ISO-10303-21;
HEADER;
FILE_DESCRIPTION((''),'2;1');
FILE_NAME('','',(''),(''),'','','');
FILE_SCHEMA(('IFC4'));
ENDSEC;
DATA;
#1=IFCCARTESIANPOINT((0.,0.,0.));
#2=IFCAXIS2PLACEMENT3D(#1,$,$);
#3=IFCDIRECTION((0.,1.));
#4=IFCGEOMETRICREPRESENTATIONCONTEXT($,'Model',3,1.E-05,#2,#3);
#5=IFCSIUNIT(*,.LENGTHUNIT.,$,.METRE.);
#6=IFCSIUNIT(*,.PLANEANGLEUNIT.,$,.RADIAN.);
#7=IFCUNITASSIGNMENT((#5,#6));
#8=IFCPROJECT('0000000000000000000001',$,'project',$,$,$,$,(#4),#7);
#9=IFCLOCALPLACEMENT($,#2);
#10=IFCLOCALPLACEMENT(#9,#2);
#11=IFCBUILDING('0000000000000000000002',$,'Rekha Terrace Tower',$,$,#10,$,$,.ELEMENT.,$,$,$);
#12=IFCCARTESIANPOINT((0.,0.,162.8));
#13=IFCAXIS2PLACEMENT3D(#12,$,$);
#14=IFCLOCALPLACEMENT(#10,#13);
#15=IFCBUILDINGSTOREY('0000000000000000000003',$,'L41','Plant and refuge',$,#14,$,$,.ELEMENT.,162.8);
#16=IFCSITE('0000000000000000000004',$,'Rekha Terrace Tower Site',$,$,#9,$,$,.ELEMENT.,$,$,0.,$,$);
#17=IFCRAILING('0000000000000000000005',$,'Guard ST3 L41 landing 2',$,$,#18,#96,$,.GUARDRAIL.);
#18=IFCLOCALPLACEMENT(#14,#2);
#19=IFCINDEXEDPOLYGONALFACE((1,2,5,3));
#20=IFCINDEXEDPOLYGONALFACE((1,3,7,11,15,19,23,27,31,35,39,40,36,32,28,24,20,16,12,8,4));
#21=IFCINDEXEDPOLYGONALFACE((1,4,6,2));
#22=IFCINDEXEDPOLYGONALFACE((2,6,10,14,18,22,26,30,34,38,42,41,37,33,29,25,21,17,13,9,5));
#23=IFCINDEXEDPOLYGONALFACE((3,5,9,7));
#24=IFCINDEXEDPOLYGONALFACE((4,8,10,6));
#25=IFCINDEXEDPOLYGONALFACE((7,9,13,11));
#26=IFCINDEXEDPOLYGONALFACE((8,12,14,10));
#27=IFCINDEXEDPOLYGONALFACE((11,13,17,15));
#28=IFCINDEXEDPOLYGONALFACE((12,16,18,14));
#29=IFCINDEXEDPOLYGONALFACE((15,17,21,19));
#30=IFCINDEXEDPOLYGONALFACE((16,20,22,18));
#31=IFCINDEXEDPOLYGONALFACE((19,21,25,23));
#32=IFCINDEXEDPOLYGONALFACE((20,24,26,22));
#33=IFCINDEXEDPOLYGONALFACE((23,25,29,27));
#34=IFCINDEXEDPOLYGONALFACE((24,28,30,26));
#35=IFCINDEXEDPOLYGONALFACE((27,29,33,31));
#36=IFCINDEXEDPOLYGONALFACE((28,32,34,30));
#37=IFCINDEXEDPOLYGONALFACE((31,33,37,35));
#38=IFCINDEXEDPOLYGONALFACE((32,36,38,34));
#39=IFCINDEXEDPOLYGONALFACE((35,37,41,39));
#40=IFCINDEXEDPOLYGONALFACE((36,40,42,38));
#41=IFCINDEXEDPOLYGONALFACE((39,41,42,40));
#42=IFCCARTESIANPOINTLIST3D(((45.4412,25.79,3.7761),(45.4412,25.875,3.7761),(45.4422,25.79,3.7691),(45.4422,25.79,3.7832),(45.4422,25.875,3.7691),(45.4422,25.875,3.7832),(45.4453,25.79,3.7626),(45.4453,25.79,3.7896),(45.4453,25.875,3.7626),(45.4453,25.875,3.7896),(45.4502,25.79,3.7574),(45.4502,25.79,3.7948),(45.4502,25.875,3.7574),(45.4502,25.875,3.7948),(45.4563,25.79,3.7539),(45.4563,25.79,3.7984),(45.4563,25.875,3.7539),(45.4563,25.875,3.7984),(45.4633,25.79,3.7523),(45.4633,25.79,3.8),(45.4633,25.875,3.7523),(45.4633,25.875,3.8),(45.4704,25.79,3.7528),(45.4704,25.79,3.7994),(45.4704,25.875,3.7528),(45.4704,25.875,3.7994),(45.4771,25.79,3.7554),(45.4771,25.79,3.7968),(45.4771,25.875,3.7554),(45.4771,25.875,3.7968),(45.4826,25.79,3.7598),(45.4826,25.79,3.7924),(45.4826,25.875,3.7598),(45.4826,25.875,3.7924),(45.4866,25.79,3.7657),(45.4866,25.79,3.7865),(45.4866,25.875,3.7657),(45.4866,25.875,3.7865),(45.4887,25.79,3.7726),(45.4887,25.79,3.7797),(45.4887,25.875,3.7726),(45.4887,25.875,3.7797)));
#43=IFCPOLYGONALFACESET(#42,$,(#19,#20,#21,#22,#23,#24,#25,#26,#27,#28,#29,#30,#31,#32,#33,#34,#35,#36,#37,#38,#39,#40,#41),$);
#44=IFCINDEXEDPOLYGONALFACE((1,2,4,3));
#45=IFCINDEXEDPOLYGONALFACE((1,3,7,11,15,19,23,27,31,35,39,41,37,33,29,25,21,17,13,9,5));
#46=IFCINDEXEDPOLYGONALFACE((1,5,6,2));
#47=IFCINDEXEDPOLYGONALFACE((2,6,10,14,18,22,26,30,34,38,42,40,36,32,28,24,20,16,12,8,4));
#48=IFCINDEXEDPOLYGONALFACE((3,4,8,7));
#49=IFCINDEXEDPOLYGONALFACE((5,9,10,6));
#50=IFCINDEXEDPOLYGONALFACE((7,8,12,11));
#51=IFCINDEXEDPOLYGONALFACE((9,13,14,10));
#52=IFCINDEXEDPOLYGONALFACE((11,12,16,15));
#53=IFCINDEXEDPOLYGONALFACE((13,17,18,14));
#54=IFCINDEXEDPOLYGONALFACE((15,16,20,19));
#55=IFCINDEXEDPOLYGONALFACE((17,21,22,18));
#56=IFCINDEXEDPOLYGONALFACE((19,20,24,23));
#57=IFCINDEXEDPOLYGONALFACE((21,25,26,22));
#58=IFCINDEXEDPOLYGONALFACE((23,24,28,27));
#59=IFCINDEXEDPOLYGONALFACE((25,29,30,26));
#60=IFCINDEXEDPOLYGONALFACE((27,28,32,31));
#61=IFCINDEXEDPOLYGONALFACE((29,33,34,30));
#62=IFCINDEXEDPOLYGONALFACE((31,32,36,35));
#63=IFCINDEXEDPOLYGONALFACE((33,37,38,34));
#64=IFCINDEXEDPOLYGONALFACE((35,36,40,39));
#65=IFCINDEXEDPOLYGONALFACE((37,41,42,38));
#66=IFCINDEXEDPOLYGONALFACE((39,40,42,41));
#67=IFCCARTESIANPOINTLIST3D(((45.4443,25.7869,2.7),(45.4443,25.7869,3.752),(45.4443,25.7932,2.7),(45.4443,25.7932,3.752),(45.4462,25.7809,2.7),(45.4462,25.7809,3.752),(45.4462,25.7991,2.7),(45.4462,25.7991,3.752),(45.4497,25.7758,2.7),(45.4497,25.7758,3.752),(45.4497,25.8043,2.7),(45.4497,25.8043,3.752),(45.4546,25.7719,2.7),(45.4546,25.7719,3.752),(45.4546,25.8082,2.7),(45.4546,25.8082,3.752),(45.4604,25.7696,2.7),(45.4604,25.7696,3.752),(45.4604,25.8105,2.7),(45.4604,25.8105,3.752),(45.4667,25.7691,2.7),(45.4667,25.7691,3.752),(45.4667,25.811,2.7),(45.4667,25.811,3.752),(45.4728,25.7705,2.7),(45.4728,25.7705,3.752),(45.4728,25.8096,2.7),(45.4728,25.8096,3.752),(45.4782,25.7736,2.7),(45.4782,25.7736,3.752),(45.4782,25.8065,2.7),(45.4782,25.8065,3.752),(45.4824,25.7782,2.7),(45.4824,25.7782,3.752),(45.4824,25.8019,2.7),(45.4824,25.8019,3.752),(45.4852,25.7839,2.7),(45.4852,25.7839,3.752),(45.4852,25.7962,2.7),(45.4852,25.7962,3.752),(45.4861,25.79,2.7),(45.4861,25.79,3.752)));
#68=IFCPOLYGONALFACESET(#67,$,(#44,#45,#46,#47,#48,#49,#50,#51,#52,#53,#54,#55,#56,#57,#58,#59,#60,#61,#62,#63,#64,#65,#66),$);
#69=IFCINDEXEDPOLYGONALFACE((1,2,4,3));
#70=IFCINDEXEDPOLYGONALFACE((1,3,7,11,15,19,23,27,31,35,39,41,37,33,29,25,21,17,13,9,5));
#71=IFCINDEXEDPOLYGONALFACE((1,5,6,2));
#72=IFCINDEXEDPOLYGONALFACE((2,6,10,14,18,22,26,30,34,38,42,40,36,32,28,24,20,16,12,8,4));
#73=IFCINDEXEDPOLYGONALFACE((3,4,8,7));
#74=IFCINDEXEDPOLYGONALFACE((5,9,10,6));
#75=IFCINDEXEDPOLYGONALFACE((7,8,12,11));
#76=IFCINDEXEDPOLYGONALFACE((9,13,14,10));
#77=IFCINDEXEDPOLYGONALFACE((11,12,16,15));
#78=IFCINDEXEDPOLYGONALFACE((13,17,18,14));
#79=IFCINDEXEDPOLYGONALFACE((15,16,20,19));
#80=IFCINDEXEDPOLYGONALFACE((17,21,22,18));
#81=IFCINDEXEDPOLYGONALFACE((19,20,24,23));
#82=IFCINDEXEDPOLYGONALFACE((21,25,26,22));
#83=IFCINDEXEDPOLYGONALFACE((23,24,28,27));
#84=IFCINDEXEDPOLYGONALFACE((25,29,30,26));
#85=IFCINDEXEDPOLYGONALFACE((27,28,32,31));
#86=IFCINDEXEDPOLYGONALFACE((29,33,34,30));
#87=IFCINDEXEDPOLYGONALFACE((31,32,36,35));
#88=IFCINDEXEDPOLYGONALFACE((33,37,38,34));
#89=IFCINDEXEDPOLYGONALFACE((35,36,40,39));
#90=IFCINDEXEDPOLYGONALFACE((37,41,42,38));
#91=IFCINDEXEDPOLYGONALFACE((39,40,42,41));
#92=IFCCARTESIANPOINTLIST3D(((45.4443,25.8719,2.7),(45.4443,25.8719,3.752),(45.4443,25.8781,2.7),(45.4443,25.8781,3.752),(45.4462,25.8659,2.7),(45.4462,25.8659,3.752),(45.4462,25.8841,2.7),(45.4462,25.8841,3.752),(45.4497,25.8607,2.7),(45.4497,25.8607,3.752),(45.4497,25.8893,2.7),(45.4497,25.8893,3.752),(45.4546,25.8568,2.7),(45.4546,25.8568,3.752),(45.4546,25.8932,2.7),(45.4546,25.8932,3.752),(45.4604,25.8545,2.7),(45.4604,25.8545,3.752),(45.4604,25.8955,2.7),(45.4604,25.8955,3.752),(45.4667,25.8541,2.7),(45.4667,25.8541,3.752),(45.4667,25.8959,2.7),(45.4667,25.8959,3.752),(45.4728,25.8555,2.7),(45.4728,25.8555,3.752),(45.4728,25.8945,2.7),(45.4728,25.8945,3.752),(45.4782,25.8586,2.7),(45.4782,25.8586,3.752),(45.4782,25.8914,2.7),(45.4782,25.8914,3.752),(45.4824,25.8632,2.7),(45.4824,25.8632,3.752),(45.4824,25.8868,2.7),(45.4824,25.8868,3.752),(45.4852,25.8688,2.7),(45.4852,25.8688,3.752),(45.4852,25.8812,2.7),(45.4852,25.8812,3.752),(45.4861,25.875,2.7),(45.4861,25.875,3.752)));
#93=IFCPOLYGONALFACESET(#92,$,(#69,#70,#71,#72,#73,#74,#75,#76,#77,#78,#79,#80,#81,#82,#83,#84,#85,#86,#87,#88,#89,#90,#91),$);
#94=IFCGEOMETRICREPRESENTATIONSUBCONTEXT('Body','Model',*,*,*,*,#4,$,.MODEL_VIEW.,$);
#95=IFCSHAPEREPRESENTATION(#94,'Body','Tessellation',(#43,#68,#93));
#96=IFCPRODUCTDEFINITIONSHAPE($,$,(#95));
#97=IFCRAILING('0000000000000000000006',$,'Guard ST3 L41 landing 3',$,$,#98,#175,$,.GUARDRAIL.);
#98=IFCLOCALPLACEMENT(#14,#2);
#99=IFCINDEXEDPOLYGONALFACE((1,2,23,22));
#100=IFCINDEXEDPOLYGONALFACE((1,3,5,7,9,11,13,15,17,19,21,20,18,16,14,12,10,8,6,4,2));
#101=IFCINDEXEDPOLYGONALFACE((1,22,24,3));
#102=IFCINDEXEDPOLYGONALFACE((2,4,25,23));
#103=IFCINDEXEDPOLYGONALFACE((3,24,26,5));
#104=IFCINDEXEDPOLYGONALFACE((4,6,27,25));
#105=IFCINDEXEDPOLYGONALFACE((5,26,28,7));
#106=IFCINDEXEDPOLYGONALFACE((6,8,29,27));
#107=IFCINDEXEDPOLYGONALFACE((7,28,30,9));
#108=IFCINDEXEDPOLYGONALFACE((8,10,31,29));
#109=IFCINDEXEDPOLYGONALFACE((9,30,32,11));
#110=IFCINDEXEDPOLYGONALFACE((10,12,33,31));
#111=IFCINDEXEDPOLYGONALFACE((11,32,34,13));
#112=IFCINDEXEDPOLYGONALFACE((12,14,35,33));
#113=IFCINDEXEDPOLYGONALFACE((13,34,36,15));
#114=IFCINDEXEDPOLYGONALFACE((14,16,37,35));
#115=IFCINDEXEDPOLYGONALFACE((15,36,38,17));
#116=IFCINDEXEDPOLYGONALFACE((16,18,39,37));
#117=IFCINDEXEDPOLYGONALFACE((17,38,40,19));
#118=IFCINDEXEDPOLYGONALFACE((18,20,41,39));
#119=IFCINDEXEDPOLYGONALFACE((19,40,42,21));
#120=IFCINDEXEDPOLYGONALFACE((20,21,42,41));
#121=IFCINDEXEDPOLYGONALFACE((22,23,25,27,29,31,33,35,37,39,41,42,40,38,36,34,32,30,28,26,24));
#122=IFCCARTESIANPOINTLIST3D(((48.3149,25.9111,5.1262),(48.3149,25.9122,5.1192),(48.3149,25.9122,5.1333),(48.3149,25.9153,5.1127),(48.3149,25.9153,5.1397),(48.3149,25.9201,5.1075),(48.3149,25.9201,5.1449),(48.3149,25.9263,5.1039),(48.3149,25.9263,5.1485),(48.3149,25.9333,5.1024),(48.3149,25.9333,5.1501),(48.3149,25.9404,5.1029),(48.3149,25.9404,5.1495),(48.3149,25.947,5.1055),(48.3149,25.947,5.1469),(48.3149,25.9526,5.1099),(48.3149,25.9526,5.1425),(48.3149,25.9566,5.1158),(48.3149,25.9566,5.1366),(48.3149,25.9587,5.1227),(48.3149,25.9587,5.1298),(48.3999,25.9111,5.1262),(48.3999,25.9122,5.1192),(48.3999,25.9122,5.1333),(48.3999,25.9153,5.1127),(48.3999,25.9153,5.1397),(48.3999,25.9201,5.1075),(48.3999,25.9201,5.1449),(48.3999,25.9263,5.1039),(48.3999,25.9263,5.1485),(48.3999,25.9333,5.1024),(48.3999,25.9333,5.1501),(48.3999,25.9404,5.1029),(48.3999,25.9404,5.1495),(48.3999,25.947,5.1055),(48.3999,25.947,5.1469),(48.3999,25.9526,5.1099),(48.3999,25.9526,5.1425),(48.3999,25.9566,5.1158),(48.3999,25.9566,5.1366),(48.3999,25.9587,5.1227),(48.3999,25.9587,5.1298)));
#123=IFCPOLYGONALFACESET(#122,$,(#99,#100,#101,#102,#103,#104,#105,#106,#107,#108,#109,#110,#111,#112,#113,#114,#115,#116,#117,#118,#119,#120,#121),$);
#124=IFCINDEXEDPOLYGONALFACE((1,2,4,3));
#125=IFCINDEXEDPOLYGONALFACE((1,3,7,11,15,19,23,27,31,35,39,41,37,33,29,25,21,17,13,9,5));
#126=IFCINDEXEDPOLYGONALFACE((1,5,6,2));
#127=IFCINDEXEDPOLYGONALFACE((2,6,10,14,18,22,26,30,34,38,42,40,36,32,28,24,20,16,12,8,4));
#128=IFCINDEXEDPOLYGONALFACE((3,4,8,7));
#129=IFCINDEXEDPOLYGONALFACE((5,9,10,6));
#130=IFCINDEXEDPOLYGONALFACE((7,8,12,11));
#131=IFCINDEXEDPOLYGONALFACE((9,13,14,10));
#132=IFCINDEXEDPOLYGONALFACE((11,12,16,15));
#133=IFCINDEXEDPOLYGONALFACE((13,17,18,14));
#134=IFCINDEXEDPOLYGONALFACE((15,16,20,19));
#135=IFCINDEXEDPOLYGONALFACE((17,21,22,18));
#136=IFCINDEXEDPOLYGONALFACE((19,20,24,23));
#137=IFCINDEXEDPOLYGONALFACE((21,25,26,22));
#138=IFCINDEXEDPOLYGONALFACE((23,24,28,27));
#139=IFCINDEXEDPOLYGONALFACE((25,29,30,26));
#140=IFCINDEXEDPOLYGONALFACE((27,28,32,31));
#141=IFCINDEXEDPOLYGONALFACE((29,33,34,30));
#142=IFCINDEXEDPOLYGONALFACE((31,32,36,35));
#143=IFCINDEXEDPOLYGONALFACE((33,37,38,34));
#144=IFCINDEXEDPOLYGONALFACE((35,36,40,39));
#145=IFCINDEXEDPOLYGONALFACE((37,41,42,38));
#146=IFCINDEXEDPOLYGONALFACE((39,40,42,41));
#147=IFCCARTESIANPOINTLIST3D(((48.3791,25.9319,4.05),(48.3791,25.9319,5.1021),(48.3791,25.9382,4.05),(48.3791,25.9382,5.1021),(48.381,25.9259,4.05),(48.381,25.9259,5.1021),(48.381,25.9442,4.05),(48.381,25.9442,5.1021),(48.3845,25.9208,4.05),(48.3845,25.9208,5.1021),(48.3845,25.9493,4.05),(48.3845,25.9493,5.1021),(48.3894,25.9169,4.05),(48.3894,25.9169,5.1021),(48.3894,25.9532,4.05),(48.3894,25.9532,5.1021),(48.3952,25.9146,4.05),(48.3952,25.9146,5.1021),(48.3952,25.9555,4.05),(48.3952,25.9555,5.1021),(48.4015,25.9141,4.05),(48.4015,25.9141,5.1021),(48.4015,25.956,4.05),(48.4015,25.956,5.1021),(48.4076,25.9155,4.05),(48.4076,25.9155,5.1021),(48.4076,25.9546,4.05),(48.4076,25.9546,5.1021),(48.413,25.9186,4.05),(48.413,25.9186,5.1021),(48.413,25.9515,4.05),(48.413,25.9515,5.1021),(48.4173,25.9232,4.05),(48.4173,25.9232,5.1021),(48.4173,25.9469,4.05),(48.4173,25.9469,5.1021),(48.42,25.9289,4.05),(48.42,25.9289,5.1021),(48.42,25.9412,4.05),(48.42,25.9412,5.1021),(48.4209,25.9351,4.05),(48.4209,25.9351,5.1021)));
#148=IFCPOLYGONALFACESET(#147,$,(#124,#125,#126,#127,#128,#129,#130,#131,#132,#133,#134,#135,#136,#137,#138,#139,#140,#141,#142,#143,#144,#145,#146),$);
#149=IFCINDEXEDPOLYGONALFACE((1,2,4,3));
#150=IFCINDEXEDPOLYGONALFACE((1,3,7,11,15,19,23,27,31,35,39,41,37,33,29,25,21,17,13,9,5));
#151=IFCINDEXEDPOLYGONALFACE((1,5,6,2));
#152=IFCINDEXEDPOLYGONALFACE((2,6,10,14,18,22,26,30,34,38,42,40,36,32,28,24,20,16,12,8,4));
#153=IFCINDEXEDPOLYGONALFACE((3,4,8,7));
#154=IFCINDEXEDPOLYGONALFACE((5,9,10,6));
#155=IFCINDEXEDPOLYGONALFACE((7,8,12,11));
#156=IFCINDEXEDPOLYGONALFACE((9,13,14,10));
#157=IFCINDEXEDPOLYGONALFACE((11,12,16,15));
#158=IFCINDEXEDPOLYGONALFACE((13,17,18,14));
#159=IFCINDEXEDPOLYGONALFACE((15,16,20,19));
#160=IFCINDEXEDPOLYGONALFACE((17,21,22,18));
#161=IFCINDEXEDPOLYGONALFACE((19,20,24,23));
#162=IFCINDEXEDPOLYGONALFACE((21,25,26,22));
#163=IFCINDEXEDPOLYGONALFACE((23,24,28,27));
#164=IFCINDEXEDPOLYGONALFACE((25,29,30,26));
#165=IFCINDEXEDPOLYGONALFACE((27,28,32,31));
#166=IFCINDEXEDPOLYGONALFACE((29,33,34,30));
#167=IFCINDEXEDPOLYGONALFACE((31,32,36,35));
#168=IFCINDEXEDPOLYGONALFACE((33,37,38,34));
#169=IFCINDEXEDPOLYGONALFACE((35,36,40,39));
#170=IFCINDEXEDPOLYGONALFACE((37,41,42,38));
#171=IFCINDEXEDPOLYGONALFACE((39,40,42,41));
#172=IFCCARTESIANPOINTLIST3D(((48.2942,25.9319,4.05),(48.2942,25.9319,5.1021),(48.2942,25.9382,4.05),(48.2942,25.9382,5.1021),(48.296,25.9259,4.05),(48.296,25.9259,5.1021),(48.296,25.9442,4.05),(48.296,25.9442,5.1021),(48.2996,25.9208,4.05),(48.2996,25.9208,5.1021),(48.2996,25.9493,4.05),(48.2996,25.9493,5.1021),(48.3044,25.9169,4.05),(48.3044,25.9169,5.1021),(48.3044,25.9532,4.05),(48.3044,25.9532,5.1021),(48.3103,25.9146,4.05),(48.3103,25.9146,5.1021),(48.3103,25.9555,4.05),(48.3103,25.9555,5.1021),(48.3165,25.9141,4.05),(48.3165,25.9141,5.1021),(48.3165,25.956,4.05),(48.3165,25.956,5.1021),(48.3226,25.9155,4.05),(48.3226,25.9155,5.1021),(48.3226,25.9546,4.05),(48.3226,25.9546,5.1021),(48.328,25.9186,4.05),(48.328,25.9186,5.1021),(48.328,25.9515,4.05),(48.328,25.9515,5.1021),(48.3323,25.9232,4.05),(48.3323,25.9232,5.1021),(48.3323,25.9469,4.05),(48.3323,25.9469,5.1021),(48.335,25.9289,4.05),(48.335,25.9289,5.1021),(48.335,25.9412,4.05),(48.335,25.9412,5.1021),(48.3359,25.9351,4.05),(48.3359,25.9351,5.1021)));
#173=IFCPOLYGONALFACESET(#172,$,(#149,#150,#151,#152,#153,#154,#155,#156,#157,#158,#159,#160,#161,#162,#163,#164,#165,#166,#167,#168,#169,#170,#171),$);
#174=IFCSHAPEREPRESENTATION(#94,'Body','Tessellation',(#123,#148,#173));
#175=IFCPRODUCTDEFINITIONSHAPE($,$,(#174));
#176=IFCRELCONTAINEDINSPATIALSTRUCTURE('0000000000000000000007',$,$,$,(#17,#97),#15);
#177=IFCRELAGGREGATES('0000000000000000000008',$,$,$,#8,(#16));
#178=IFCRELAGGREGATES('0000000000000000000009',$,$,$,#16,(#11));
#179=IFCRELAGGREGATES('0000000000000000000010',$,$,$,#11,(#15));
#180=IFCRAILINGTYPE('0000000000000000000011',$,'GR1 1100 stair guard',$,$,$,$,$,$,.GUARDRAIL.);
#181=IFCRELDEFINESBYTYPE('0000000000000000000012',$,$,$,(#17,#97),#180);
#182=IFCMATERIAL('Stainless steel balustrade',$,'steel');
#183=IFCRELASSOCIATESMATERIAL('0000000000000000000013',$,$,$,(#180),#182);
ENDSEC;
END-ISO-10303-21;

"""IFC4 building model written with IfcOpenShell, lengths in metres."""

from ifc_helpers import new_model, si_unit, direction, frame, origin, origin_2d, place, context, subcontext, project, spatial, circle, extrude, material, type_object, element, save


model = new_model("IFC4")

# Units and contexts
model_context = context("Model", 3, precision=1e-05, world=origin(), true_north=direction((0.0, 1.0)))
body_context = subcontext(model_context, "Body", "Model", "MODEL_VIEW")
ifc_project = project(units=[si_unit("LENGTHUNIT", "METRE"), si_unit("PLANEANGLEUNIT", "RADIAN")], contexts=[model_context])

# Site, building, storey
site_placement = place(None, origin())
site = spatial("IfcSite", under=ifc_project, at=site_placement, Name="Rekha Terrace Tower Site", CompositionType="ELEMENT", RefElevation=0.0)
building_placement = place(site_placement, origin())
building = spatial("IfcBuilding", under=site, at=building_placement, Name="Rekha Terrace Tower", CompositionType="ELEMENT")
storey_placement = place(building_placement, frame((0.0, 0.0, 162.8)))
storey = spatial("IfcBuildingStorey", under=building, at=storey_placement, Name="L41", Description="Plant and refuge", CompositionType="ELEMENT", Elevation=162.8)

# Railings
ifc_material_1 = material(Name="Stainless steel balustrade", Category="steel")
railing_type_1 = type_object("IfcRailingType", Name="GR1 1100 stair guard", PredefinedType="GUARDRAIL", material=ifc_material_1)
railing_1_placement = place(storey_placement, frame((45.4651, 25.79, 2.7)))
element("IfcRailing", 1, at=railing_1_placement, inside=storey, type_object=railing_type_1, Name="Guard ST3 L41 landing 2", PredefinedType="GUARDRAIL", context=body_context, shape_type="SweptSolid", body=[
    extrude(circle(Radius=0.0239, at=origin_2d()), frame((0.0, 0.0, 1.0762), z_axis=(0.0, 1.0, 0.0), x_axis=(-1.0, 0.0, 0.0)), (0.0, 0.0, 1.0), 0.085),
    extrude(circle(Radius=0.021, at=origin_2d()), origin(), (0.0, 0.0, 1.0), 1.052),
    extrude(circle(Radius=0.021, at=origin_2d()), frame((0.0, 0.085, 0.0)), (0.0, 0.0, 1.0), 1.052),
])
railing_2_placement = place(storey_placement, frame((48.3999, 25.9351, 4.05)))
element("IfcRailing", 2, at=railing_2_placement, inside=storey, type_object=railing_type_1, Name="Guard ST3 L41 landing 3", PredefinedType="GUARDRAIL", context=body_context, shape_type="SweptSolid", body=[
    extrude(circle(Radius=0.0239, at=origin_2d()), frame((0.0, 0.0, 1.0762), z_axis=(-1.0, 0.0, 0.0), x_axis=(0.0, -1.0, 0.0)), (0.0, 0.0, 1.0), 0.085),
    extrude(circle(Radius=0.021, at=origin_2d()), origin(), (0.0, 0.0, 1.0), 1.052),
    extrude(circle(Radius=0.021, at=origin_2d()), frame((-0.085, 0.0, 0.0)), (0.0, 0.0, 1.0), 1.052),
])

save(model, "model.ifc")
